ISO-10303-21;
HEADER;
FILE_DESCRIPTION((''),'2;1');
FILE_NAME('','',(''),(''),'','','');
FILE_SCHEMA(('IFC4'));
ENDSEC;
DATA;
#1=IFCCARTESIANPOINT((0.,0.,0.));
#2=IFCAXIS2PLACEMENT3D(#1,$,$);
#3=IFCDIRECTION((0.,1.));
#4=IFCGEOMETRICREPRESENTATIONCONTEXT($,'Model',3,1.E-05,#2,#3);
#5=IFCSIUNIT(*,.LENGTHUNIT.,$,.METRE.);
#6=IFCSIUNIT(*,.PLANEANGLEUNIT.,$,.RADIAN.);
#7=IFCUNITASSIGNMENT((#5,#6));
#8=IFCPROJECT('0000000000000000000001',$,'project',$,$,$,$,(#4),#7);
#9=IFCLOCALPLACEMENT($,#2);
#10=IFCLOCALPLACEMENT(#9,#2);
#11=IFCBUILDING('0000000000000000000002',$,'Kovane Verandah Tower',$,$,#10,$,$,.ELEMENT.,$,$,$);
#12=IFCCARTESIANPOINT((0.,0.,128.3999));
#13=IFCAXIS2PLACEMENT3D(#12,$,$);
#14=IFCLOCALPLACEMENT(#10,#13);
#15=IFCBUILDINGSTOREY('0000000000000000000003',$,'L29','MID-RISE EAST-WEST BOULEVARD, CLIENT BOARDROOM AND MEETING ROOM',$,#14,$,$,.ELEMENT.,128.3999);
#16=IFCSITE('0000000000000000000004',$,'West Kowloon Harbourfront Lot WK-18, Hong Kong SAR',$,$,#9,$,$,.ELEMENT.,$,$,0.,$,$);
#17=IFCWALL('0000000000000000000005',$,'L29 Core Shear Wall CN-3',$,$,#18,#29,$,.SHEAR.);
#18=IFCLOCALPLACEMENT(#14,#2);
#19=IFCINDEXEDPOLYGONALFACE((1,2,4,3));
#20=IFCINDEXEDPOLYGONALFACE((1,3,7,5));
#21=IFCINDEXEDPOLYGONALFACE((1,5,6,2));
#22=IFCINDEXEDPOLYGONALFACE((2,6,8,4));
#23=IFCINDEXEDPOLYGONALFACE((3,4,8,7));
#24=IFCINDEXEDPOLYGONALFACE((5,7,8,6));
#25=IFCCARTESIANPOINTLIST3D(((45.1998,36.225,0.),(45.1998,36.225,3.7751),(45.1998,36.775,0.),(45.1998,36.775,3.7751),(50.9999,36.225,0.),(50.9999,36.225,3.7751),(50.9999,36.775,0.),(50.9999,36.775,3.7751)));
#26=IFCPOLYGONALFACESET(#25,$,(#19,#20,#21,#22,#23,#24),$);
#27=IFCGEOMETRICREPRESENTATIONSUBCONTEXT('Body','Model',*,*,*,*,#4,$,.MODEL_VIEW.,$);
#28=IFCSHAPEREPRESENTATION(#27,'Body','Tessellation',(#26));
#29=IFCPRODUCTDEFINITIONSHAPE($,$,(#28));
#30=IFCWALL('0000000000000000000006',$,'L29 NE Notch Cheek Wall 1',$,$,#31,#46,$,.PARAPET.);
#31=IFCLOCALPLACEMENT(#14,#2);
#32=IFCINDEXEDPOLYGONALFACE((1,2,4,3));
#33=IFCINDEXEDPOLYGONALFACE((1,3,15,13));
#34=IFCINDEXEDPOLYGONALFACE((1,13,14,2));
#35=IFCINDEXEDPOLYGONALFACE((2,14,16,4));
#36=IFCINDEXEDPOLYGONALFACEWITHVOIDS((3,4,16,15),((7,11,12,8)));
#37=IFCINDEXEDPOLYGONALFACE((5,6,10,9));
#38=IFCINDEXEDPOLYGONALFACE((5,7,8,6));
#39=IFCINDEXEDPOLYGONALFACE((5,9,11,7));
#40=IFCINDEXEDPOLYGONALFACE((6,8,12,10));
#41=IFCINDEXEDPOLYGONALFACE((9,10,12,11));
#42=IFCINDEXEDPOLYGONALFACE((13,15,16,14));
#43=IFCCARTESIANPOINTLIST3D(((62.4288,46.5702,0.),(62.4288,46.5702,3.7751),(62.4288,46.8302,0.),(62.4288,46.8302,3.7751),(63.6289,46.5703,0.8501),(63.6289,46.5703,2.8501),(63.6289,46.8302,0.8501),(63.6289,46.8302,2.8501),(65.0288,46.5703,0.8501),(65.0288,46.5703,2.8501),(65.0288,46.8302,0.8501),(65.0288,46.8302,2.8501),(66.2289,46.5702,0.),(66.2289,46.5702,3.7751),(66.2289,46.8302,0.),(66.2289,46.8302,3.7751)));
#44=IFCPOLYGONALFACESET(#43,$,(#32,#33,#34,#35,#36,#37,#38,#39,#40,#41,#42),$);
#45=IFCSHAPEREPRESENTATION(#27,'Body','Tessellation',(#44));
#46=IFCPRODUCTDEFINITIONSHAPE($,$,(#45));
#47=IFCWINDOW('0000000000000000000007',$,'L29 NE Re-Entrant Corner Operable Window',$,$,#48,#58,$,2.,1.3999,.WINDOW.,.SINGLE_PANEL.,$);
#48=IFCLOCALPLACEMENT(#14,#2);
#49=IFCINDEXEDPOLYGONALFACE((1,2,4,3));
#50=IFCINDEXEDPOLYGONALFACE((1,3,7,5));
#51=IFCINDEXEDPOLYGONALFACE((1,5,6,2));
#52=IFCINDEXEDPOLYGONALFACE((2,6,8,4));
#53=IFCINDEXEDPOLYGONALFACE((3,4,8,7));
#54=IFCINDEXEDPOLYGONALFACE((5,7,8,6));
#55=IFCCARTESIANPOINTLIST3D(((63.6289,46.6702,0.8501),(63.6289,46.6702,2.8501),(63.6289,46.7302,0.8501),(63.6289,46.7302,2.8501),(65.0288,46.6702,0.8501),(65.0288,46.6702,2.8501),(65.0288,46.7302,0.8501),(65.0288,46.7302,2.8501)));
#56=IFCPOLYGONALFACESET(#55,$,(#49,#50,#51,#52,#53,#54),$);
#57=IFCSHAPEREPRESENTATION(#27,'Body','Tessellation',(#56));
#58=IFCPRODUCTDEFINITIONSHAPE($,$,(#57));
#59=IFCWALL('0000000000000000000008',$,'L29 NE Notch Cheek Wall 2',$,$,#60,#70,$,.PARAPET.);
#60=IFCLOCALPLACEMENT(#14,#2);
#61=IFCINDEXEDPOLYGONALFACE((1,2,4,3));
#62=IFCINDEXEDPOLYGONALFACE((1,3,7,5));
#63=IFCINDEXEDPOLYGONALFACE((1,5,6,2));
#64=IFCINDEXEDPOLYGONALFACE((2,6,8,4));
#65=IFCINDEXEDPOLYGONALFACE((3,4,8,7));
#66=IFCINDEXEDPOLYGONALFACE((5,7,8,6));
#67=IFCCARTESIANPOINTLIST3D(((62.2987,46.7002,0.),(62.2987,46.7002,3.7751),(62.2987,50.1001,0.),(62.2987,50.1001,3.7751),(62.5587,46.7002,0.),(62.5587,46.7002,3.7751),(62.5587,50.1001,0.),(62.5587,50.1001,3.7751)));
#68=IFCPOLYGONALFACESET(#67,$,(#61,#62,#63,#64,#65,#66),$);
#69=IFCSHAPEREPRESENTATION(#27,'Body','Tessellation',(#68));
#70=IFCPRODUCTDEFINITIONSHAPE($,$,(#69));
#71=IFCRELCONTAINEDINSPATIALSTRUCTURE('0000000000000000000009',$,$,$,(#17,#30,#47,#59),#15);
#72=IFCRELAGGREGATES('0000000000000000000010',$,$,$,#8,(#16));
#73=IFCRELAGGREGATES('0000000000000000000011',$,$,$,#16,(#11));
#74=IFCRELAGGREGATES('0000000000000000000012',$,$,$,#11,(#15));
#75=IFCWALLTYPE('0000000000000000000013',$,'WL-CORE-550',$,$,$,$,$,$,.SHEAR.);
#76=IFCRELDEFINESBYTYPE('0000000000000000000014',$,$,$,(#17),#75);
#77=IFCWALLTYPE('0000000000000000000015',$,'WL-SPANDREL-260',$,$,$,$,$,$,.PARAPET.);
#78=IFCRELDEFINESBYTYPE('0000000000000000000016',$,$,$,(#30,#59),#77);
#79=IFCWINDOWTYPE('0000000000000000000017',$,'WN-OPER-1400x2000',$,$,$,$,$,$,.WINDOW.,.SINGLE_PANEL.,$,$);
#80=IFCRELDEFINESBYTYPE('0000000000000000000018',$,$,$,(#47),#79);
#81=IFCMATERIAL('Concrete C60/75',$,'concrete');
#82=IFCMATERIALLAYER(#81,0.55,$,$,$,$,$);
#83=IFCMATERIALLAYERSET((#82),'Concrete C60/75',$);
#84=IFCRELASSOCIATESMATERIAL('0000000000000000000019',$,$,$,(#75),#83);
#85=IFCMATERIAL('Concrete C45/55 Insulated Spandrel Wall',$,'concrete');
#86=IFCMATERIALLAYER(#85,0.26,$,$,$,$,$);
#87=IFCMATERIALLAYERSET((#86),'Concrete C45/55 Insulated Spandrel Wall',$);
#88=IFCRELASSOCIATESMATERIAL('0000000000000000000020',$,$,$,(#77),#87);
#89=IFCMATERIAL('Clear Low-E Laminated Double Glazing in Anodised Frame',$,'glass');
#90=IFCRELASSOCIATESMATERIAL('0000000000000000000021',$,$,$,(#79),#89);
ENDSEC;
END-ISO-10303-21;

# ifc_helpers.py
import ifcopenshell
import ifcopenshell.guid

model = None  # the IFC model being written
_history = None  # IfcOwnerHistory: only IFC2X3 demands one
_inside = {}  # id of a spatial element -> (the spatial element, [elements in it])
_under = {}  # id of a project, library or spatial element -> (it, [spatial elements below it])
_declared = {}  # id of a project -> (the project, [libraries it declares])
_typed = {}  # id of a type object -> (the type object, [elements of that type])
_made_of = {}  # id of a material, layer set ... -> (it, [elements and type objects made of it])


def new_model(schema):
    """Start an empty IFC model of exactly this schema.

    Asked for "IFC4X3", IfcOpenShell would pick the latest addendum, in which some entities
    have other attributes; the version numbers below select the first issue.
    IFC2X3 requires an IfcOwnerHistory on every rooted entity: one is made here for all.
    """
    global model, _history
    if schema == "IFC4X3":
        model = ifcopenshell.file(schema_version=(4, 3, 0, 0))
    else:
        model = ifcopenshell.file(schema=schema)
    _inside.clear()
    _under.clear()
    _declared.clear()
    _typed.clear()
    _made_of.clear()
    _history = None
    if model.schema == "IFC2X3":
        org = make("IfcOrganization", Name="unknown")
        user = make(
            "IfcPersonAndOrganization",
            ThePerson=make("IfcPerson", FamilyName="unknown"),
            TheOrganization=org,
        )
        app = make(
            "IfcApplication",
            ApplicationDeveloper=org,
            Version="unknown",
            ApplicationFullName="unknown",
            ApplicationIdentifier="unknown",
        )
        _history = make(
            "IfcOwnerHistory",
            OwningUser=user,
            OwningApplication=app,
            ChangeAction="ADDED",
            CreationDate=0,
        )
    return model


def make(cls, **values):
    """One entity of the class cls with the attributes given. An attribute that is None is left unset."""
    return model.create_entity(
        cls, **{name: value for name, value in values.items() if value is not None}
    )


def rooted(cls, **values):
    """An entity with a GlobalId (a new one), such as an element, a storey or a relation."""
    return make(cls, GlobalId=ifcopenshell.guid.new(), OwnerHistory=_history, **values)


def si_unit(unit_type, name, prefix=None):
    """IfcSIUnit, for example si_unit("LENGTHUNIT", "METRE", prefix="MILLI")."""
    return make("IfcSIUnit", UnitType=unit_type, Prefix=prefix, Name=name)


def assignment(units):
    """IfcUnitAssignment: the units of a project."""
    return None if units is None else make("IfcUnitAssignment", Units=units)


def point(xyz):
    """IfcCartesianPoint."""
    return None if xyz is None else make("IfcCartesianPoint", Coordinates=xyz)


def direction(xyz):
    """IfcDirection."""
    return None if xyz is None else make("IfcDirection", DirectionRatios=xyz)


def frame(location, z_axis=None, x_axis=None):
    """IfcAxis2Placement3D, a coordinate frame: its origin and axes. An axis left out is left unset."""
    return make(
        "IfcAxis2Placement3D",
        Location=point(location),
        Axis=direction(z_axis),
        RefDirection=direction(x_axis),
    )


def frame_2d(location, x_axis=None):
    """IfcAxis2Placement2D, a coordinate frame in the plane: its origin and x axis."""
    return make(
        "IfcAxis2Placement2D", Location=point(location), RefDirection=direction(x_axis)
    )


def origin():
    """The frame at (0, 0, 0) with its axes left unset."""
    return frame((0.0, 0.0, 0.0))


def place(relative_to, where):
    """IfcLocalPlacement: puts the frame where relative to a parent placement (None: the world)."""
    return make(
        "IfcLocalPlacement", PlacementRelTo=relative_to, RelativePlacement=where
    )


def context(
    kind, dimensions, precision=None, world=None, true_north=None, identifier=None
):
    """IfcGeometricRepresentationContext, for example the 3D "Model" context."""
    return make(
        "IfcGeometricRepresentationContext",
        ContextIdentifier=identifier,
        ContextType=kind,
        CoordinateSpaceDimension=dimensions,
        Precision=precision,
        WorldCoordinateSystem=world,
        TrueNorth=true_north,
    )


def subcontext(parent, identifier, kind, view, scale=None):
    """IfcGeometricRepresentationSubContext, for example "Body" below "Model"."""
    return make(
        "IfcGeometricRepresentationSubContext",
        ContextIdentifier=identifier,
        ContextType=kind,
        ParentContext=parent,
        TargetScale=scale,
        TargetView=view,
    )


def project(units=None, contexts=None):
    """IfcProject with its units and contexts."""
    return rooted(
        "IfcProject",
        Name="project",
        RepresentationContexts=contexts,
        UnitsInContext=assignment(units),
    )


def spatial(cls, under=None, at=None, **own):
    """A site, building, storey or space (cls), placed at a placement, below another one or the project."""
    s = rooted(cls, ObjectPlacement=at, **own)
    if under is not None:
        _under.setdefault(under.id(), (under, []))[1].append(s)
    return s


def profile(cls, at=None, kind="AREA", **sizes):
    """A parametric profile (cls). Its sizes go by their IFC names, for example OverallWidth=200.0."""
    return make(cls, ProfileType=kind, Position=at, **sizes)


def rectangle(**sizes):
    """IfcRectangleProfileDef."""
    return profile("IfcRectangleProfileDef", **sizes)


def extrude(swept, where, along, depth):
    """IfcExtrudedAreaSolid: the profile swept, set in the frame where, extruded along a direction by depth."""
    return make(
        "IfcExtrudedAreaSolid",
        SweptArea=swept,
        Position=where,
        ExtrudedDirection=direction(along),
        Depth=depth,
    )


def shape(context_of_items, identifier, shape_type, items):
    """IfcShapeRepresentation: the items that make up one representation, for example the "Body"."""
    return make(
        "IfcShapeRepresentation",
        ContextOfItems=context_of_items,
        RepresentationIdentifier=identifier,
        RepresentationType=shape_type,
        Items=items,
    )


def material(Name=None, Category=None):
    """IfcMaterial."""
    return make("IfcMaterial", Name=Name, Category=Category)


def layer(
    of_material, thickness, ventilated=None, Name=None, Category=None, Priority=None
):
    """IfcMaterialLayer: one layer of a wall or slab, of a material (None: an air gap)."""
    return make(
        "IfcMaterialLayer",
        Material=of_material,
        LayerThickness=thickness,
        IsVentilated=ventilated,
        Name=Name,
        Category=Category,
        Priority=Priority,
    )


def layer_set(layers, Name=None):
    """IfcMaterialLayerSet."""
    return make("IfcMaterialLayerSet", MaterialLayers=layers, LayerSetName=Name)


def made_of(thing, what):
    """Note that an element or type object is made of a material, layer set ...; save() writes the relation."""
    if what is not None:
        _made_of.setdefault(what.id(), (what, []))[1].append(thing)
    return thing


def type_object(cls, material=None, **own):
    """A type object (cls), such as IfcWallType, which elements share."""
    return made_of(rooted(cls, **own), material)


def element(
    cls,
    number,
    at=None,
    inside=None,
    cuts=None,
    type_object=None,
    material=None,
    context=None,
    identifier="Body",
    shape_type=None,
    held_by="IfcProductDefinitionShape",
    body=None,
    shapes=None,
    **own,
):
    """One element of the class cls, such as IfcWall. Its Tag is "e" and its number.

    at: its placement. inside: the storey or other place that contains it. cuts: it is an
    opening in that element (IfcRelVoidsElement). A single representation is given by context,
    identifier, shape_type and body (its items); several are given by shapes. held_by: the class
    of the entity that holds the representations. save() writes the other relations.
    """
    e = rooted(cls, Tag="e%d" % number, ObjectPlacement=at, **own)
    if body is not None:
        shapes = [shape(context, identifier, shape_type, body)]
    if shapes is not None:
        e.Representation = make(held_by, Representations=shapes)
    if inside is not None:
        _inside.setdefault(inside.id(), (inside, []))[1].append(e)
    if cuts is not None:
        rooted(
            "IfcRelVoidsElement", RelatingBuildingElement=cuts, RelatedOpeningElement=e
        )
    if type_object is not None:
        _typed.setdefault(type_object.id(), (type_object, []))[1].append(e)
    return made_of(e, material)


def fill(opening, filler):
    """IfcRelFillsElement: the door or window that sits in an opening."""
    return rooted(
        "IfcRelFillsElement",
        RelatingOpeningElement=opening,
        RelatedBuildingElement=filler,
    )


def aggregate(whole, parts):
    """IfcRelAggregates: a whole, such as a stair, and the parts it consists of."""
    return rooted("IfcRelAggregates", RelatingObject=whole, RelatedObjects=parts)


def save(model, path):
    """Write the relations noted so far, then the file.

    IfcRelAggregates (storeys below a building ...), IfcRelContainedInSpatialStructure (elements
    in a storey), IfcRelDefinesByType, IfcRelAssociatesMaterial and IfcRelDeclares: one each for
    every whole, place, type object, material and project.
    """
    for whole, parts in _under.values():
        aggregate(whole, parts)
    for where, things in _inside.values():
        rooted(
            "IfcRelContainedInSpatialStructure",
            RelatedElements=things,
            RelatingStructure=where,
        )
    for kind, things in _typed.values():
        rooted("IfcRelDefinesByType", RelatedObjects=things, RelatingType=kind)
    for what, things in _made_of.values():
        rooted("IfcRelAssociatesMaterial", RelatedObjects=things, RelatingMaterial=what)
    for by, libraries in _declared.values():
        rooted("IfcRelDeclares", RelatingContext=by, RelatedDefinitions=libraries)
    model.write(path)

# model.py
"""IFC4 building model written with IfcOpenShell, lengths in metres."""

from ifc_helpers import new_model, si_unit, direction, frame, frame_2d, origin, place, context, subcontext, project, spatial, rectangle, extrude, material, layer, layer_set, type_object, element, fill, save


model = new_model("IFC4")

# Units and contexts
model_context = context("Model", 3, precision=1e-05, world=origin(), true_north=direction((0.0, 1.0)))
body_context = subcontext(model_context, "Body", "Model", "MODEL_VIEW")
ifc_project = project(units=[si_unit("LENGTHUNIT", "METRE"), si_unit("PLANEANGLEUNIT", "RADIAN")], contexts=[model_context])

# Site, building, storey
site_placement = place(None, origin())
site = spatial("IfcSite", under=ifc_project, at=site_placement, Name="West Kowloon Harbourfront Lot WK-18, Hong Kong SAR", CompositionType="ELEMENT", RefElevation=0.0)
building_placement = place(site_placement, origin())
building = spatial("IfcBuilding", under=site, at=building_placement, Name="Kovane Verandah Tower", CompositionType="ELEMENT")
storey_placement = place(building_placement, frame((0.0, 0.0, 128.3999)))
storey = spatial("IfcBuildingStorey", under=building, at=storey_placement, Name="L29", Description="MID-RISE EAST-WEST BOULEVARD, CLIENT BOARDROOM AND MEETING ROOM", CompositionType="ELEMENT", Elevation=128.3999)

# Wall
ifc_material_1 = material(Name="Concrete C60/75", Category="concrete")
ifc_layer_1 = layer(ifc_material_1, 0.55)
ifc_layer_set_1 = layer_set([ifc_layer_1], Name="Concrete C60/75")
wall_type_1 = type_object("IfcWallType", Name="WL-CORE-550", PredefinedType="SHEAR", material=ifc_layer_set_1)
wall_1_placement = place(storey_placement, frame((45.2, 36.5, 0.0), z_axis=(0.0, 0.0, 1.0), x_axis=(1.0, 0.0, 0.0)))
element("IfcWall", 1, at=wall_1_placement, inside=storey, type_object=wall_type_1, Name="L29 Core Shear Wall CN-3", PredefinedType="SHEAR", context=body_context, shape_type="SweptSolid", body=[
    extrude(rectangle(XDim=5.8, YDim=0.55, at=frame_2d((2.8999, 0.0))), origin(), (0.0, 0.0, 1.0), 3.7751),
])

# Shared definitions
ifc_material_2 = material(Name="Concrete C45/55 Insulated Spandrel Wall", Category="concrete")
ifc_layer_2 = layer(ifc_material_2, 0.26)
ifc_layer_set_2 = layer_set([ifc_layer_2], Name="Concrete C45/55 Insulated Spandrel Wall")
wall_type_2 = type_object("IfcWallType", Name="WL-SPANDREL-260", PredefinedType="PARAPET", material=ifc_layer_set_2)
ifc_material_3 = material(Name="Clear Low-E Laminated Double Glazing in Anodised Frame", Category="glass")

# Wall, opening, window
wall_2_placement = place(storey_placement, frame((66.2288, 46.7002, 0.0), z_axis=(0.0, 0.0, 1.0), x_axis=(-1.0, 0.0, 0.0)))
wall_2 = element("IfcWall", 2, at=wall_2_placement, inside=storey, type_object=wall_type_2, Name="L29 NE Notch Cheek Wall 1", PredefinedType="PARAPET", context=body_context, shape_type="SweptSolid", body=[
    extrude(rectangle(XDim=3.8, YDim=0.26, at=frame_2d((1.8999, 0.0))), origin(), (0.0, 0.0, 1.0), 3.7751),
])
opening_1_placement = place(wall_2_placement, frame((1.2, 0.0, 0.8501)))
opening_1 = element("IfcOpeningElement", 3, at=opening_1_placement, cuts=wall_2, PredefinedType="OPENING", context=body_context, shape_type="SweptSolid", body=[
    extrude(rectangle(XDim=1.3999, YDim=2.0, at=frame_2d((0.7, 1.0))), frame((0.0, 0.1299, 0.0), z_axis=(0.0, -1.0, 0.0), x_axis=(1.0, 0.0, 0.0)), (0.0, 0.0, 1.0), 0.26),
])
window_type_1 = type_object("IfcWindowType", Name="WN-OPER-1400x2000", PartitioningType="SINGLE_PANEL", PredefinedType="WINDOW", material=ifc_material_3)
window_1_placement = place(opening_1_placement, origin())
window_1 = element("IfcWindow", 4, at=window_1_placement, inside=storey, type_object=window_type_1, Name="L29 NE Re-Entrant Corner Operable Window", OverallHeight=2.0, OverallWidth=1.3999, PartitioningType="SINGLE_PANEL", PredefinedType="WINDOW", context=body_context, shape_type="SweptSolid", body=[
    extrude(rectangle(XDim=1.3999, YDim=2.0, at=frame_2d((0.7, 1.0))), frame((0.0, 0.03, 0.0), z_axis=(0.0, -1.0, 0.0), x_axis=(1.0, 0.0, 0.0)), (0.0, 0.0, 1.0), 0.0601),
])
fill(opening_1, window_1)

# Wall
wall_3_placement = place(storey_placement, frame((62.4287, 46.7002, 0.0), z_axis=(0.0, 0.0, 1.0), x_axis=(0.0, 1.0, 0.0)))
element("IfcWall", 5, at=wall_3_placement, inside=storey, type_object=wall_type_2, Name="L29 NE Notch Cheek Wall 2", PredefinedType="PARAPET", context=body_context, shape_type="SweptSolid", body=[
    extrude(rectangle(XDim=3.3999, YDim=0.26, at=frame_2d((1.7, 0.0))), origin(), (0.0, 0.0, 1.0), 3.7751),
])

save(model, "model.ifc")
